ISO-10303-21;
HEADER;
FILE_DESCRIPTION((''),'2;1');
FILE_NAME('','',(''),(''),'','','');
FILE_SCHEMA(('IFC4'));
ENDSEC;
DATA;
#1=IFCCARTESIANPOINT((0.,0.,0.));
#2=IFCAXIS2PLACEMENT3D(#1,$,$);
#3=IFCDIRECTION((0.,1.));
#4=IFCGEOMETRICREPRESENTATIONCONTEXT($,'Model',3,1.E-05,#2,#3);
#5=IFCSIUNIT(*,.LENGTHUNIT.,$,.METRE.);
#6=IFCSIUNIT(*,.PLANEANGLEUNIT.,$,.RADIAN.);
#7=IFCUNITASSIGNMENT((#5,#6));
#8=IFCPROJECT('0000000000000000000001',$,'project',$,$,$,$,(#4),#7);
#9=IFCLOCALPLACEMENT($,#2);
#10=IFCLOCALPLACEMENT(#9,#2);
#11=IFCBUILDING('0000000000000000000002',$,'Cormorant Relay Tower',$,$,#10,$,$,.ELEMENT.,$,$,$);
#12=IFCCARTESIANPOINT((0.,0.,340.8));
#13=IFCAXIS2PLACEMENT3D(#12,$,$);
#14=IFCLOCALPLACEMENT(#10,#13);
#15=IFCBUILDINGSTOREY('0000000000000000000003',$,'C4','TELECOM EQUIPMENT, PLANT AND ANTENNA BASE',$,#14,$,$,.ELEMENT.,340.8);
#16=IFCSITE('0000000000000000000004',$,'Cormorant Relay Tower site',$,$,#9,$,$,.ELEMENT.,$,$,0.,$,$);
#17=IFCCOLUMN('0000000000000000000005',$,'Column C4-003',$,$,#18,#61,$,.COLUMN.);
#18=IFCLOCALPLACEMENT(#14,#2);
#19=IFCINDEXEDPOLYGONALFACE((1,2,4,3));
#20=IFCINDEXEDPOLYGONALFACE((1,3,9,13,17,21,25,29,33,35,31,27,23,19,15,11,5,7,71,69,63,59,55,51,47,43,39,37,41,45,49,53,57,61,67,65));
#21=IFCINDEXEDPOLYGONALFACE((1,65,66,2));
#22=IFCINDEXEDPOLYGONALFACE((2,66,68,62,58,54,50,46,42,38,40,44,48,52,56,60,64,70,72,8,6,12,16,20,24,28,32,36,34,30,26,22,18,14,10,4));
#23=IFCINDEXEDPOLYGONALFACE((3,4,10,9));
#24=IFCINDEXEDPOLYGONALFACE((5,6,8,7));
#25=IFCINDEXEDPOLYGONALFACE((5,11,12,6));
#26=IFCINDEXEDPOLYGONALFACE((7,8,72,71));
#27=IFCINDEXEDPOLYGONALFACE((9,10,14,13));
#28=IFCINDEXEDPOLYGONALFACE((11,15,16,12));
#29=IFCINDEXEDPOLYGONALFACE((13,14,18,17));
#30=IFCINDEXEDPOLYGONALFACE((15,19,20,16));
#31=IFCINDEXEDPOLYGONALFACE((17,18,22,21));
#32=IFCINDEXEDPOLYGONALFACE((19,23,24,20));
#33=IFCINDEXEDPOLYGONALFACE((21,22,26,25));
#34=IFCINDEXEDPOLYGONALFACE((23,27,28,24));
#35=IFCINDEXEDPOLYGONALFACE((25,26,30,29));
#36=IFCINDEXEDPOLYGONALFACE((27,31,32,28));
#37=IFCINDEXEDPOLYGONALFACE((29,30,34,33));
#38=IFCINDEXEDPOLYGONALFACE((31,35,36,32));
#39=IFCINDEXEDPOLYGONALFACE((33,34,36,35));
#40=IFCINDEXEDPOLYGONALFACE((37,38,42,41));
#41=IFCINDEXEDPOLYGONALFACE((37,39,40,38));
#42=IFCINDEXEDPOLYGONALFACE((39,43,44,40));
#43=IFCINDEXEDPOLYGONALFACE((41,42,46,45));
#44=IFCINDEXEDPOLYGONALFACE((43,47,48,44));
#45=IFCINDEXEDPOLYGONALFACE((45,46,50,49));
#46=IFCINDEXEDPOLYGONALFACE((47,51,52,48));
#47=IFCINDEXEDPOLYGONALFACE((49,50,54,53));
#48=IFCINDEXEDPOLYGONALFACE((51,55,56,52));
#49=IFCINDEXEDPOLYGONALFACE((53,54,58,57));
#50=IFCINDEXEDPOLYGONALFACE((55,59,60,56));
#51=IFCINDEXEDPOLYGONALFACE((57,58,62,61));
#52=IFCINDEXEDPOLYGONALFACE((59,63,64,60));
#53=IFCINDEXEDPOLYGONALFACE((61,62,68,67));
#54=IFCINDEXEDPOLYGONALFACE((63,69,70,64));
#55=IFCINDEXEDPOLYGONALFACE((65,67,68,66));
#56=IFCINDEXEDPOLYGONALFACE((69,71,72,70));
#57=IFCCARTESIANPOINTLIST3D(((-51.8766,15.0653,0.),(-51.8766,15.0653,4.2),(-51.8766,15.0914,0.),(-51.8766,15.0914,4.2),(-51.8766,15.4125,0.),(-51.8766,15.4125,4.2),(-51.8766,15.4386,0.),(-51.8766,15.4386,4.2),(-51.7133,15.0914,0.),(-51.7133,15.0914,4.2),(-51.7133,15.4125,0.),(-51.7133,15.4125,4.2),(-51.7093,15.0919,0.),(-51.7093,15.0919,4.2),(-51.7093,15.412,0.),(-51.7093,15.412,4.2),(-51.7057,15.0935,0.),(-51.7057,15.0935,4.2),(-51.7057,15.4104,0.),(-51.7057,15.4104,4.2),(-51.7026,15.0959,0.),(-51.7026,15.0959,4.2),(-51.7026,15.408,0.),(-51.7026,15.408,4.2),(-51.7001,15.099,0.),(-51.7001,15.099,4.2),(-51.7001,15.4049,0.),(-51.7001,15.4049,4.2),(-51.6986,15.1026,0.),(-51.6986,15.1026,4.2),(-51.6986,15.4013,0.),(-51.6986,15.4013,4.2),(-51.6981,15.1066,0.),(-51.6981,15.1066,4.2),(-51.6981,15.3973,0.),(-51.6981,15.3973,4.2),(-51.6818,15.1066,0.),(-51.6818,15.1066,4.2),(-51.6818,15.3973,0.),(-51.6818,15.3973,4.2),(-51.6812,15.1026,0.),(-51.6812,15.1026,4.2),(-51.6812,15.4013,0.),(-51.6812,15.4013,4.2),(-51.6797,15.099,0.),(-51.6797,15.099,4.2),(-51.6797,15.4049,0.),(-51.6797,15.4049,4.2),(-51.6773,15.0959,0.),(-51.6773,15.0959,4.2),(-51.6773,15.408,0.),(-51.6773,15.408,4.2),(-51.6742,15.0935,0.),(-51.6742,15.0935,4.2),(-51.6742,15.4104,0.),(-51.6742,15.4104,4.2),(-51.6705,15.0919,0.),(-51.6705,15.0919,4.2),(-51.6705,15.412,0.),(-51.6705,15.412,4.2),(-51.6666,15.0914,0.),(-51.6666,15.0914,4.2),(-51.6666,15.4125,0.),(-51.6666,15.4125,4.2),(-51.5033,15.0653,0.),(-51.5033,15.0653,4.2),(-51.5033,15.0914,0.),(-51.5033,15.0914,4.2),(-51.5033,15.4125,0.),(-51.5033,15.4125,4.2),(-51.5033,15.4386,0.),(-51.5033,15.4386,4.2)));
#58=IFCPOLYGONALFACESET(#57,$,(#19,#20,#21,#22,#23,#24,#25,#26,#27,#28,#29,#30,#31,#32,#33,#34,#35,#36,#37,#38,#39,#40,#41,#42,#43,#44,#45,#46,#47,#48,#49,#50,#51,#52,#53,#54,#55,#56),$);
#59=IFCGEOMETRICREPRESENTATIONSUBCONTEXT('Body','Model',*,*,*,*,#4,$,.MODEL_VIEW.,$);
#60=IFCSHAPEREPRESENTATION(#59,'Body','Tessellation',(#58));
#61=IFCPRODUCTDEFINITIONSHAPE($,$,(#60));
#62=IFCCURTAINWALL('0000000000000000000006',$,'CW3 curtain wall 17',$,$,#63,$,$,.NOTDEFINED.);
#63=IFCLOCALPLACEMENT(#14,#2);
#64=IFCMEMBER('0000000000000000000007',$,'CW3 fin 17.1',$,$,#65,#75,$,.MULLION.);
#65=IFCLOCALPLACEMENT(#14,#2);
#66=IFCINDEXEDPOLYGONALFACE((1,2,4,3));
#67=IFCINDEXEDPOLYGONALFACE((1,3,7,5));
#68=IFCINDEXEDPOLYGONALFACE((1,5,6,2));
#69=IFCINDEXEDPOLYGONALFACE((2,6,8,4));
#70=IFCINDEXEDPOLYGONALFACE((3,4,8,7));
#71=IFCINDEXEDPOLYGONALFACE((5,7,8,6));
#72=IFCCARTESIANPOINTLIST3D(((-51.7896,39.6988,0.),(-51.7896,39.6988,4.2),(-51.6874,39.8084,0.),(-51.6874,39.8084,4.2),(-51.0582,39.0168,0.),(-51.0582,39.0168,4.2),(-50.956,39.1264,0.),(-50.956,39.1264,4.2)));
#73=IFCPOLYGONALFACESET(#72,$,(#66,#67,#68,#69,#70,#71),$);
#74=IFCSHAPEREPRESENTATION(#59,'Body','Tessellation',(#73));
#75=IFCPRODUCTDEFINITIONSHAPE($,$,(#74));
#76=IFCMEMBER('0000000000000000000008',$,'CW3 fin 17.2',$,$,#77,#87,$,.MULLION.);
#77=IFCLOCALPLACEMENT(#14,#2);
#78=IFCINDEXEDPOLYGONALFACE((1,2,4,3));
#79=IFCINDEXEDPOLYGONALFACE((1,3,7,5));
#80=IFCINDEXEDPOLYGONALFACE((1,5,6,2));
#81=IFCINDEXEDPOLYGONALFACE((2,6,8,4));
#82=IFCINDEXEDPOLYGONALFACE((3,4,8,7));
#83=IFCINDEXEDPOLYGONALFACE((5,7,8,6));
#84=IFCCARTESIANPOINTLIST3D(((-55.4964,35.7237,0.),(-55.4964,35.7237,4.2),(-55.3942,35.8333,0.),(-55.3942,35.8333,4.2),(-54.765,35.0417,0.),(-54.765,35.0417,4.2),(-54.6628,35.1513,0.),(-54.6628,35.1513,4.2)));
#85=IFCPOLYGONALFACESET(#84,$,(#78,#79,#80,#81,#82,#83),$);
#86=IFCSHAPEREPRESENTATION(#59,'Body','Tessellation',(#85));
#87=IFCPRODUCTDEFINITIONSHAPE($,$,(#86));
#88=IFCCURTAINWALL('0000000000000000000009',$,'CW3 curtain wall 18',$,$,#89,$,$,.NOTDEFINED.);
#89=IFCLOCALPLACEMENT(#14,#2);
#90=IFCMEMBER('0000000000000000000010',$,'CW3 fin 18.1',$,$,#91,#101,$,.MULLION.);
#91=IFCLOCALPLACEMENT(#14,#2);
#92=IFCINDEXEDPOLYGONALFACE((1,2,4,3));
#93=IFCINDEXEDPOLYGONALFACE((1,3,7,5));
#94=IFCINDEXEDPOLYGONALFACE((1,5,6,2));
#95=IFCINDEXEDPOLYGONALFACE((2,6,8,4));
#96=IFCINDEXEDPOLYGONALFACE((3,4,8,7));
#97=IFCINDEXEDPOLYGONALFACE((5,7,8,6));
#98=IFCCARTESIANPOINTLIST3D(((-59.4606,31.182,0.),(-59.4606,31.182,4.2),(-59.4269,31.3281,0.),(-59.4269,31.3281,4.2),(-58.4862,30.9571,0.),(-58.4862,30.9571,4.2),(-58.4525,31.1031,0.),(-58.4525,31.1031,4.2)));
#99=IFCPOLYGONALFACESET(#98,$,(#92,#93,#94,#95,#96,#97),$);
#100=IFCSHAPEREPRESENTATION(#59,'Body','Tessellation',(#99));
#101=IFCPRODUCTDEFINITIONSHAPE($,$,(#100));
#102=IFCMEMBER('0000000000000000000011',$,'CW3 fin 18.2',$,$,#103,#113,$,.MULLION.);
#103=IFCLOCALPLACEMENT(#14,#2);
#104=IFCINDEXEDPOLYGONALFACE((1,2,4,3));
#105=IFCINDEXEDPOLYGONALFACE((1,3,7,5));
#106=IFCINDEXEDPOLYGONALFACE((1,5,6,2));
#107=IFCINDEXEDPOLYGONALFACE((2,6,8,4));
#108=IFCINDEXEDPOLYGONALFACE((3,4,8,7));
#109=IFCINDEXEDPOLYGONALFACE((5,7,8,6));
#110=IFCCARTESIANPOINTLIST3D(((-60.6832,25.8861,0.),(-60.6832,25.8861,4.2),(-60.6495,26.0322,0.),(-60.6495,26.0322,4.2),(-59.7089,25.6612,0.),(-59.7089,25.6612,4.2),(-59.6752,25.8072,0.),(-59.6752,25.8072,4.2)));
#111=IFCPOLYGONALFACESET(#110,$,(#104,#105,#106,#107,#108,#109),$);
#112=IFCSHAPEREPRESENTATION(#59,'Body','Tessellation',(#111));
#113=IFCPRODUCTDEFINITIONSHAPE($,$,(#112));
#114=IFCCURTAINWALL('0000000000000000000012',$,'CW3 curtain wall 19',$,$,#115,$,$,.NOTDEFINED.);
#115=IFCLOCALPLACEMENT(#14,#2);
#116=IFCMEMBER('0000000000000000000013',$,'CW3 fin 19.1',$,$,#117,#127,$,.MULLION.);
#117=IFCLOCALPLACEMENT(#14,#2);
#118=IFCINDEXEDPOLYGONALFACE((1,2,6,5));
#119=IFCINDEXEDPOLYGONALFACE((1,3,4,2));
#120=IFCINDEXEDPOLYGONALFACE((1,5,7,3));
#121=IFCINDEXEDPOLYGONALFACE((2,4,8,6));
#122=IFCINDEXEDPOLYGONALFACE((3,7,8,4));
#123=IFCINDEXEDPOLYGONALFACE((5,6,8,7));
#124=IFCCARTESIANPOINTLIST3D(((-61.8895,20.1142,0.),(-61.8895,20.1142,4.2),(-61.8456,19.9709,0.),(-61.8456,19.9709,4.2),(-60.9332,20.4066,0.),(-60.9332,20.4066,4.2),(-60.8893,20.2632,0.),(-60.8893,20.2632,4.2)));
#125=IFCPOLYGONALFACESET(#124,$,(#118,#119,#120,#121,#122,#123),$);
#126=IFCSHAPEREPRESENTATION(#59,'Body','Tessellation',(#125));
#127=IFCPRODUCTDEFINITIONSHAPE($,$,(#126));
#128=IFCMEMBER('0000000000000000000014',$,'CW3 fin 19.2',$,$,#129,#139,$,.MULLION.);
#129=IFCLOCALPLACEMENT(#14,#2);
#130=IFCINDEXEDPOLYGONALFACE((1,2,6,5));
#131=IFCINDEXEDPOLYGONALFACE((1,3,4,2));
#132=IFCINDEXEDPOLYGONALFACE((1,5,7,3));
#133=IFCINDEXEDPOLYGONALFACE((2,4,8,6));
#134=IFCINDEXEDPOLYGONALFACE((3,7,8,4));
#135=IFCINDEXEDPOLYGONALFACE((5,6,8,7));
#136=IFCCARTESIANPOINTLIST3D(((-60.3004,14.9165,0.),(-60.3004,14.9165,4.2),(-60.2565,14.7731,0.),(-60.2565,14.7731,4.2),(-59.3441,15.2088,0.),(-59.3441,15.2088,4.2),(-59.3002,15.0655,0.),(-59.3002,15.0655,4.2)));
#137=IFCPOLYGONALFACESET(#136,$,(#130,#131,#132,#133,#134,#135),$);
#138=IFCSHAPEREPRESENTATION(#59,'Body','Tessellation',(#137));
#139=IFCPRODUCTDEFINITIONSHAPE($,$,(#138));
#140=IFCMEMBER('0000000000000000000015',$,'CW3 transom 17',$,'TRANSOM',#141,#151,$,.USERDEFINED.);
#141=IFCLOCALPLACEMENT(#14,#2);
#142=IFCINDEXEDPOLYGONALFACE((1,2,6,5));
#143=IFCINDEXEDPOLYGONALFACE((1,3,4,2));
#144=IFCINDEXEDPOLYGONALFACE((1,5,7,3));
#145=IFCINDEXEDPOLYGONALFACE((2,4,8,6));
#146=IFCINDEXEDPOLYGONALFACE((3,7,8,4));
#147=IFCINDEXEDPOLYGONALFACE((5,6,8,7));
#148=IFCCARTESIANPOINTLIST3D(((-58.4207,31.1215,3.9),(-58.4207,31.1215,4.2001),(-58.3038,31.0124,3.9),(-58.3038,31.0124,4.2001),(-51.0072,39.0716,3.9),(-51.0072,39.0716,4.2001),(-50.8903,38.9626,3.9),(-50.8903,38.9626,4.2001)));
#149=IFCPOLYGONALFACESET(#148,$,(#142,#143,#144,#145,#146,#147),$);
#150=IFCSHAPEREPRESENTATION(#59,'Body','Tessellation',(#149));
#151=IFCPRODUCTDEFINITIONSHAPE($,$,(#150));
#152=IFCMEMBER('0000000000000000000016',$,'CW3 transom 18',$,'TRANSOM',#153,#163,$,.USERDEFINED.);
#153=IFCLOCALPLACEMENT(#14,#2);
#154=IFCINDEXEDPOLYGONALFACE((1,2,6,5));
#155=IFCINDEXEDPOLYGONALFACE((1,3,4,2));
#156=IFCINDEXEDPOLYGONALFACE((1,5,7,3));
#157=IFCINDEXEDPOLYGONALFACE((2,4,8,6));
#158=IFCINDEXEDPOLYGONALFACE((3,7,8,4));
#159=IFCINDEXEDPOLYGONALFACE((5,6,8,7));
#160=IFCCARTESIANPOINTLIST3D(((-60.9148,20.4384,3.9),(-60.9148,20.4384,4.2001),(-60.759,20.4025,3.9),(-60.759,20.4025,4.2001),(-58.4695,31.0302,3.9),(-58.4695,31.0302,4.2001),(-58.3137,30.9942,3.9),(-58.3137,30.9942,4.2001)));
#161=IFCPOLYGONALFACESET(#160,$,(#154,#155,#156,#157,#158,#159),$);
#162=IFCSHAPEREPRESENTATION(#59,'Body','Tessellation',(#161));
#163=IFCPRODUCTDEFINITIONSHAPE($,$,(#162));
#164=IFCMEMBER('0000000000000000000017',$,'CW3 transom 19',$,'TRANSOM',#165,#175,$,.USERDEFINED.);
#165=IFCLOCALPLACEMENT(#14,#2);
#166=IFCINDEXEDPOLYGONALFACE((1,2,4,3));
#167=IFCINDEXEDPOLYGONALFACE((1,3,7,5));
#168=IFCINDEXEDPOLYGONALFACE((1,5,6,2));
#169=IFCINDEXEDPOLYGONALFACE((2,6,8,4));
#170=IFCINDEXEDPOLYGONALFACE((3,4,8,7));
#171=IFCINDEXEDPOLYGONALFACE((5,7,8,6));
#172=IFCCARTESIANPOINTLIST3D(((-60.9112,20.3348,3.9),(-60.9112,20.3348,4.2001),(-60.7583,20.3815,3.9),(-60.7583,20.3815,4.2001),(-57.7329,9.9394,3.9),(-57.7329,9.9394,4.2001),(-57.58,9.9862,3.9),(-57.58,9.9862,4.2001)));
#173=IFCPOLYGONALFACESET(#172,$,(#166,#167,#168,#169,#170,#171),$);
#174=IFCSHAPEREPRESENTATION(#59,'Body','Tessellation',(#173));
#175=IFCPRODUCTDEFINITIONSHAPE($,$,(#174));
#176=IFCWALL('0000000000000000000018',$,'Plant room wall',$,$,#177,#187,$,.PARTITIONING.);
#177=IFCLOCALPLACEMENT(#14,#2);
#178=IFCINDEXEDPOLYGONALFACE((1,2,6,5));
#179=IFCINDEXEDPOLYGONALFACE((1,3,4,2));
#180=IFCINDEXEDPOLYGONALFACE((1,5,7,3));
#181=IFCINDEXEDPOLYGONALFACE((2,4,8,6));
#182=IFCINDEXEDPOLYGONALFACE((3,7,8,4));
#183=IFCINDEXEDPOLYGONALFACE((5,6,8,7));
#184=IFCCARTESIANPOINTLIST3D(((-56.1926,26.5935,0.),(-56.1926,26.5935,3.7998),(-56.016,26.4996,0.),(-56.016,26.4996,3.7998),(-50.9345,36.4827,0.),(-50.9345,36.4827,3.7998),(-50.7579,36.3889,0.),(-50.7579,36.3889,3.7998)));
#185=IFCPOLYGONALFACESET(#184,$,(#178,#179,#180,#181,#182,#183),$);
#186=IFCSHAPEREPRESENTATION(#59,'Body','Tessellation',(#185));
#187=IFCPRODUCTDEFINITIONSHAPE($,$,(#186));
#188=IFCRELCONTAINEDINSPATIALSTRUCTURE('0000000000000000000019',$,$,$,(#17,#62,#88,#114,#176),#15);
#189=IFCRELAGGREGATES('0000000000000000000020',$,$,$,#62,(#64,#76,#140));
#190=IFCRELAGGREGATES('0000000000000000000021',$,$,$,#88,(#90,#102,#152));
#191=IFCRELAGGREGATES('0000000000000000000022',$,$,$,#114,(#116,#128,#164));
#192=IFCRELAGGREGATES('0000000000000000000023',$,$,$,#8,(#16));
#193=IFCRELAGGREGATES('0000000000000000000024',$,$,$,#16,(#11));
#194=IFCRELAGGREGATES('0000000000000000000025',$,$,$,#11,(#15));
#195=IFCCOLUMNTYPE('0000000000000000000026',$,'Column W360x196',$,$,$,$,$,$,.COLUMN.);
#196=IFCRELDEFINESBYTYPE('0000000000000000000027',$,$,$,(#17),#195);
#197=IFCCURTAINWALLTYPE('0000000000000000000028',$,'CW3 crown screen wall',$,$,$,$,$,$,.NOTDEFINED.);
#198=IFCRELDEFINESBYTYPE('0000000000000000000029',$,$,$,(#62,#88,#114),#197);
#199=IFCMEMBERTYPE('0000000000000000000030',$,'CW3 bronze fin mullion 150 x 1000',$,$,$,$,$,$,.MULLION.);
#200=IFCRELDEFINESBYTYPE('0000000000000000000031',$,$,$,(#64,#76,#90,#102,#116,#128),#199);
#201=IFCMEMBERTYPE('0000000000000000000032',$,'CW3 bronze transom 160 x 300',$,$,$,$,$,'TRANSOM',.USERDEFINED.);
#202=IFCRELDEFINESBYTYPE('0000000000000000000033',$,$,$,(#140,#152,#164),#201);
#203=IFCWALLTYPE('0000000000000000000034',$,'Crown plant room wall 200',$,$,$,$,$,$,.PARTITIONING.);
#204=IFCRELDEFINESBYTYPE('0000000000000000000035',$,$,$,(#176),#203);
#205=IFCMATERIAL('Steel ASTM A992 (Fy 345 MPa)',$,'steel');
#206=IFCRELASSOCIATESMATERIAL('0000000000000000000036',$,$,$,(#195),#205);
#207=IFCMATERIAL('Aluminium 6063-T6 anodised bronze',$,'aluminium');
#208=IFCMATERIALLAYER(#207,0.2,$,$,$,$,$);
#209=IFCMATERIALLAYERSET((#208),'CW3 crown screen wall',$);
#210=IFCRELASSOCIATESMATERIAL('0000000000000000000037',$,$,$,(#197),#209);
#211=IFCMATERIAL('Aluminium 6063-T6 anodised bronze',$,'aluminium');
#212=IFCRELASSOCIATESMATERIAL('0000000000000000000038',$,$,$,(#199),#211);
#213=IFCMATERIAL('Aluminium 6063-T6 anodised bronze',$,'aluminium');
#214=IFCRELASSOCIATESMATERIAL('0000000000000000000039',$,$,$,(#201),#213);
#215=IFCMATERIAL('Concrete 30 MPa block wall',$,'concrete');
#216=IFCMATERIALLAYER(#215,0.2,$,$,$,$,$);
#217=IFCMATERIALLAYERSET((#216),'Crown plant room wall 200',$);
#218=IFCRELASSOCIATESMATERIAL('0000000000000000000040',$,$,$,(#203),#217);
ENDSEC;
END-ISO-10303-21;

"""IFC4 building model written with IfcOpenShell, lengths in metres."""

from ifc_helpers import new_model, si_unit, direction, frame, frame_2d, origin, origin_2d, place, context, subcontext, project, spatial, rectangle, i_section, extrude, material, layer, layer_set, material_profile, profile_set, type_object, element, aggregate, save


model = new_model("IFC4")

# Units and contexts
model_context = context("Model", 3, precision=1e-05, world=origin(), true_north=direction((0.0, 1.0)))
body_context = subcontext(model_context, "Body", "Model", "MODEL_VIEW")
ifc_project = project(units=[si_unit("LENGTHUNIT", "METRE"), si_unit("PLANEANGLEUNIT", "RADIAN")], contexts=[model_context])

# Site, building, storey
site_placement = place(None, origin())
site = spatial("IfcSite", under=ifc_project, at=site_placement, Name="Cormorant Relay Tower site", CompositionType="ELEMENT", RefElevation=0.0)
building_placement = place(site_placement, origin())
building = spatial("IfcBuilding", under=site, at=building_placement, Name="Cormorant Relay Tower", CompositionType="ELEMENT")
storey_placement = place(building_placement, frame((0.0, 0.0, 340.8)))
storey = spatial("IfcBuildingStorey", under=building, at=storey_placement, Name="C4", Description="TELECOM EQUIPMENT, PLANT AND ANTENNA BASE", CompositionType="ELEMENT", Elevation=340.8)

# Column
ifc_material_1 = material(Name="Steel ASTM A992 (Fy 345 MPa)", Category="steel")
ifc_material_profile_1 = material_profile(ifc_material_1, i_section(OverallWidth=0.3733, OverallDepth=0.3733, WebThickness=0.0164, FlangeThickness=0.0261, FilletRadius=0.0151, at=origin_2d()), Name="W360x196")
ifc_profile_set_1 = profile_set([ifc_material_profile_1], Name="Steel ASTM A992 (Fy 345 MPa)")
column_type = type_object("IfcColumnType", Name="Column W360x196", PredefinedType="COLUMN", material=ifc_profile_set_1)
column_placement = place(storey_placement, frame((-51.6899, 15.252, 0.0), z_axis=(0.0, 0.0, 1.0), x_axis=(1.0, 0.0, 0.0)))
element("IfcColumn", 1, at=column_placement, inside=storey, type_object=column_type, Name="Column C4-003", PredefinedType="COLUMN", context=body_context, shape_type="SweptSolid", body=[
    extrude(i_section(OverallWidth=0.3733, OverallDepth=0.3733, WebThickness=0.0164, FlangeThickness=0.0261, FilletRadius=0.0151, at=origin_2d()), origin(), (0.0, 0.0, 1.0), 4.2),
])

# Curtain walls, members
ifc_material_2 = material(Name="Aluminium 6063-T6 anodised bronze", Category="aluminium")
ifc_layer_1 = layer(ifc_material_2, 0.2)
ifc_layer_set_1 = layer_set([ifc_layer_1], Name="CW3 crown screen wall")
curtain_wall_type = type_object("IfcCurtainWallType", Name="CW3 crown screen wall", PredefinedType="NOTDEFINED", material=ifc_layer_set_1)
curtain_wall_1_placement = place(storey_placement, origin())
curtain_wall_1 = element("IfcCurtainWall", 2, at=curtain_wall_1_placement, inside=storey, type_object=curtain_wall_type, Name="CW3 curtain wall 17", PredefinedType="NOTDEFINED")
ifc_material_3 = material(Name="Aluminium 6063-T6 anodised bronze", Category="aluminium")
ifc_material_profile_2 = material_profile(ifc_material_3, rectangle(XDim=0.1499, YDim=1.0, at=origin_2d()), Name="AL 150x1000")
ifc_profile_set_2 = profile_set([ifc_material_profile_2], Name="Aluminium 6063-T6 anodised bronze")
member_type_1 = type_object("IfcMemberType", Name="CW3 bronze fin mullion 150 x 1000", PredefinedType="MULLION", material=ifc_profile_set_2)
member_1_placement = place(storey_placement, frame((-51.3728, 39.4126, 0.0), z_axis=(0.0, 0.0, 1.0), x_axis=(-0.681998, -0.731354, 0.0)))
member_1 = element("IfcMember", 3, at=member_1_placement, type_object=member_type_1, Name="CW3 fin 17.1", PredefinedType="MULLION", context=body_context, shape_type="SweptSolid", body=[
    extrude(rectangle(XDim=0.1499, YDim=1.0, at=origin_2d()), origin(), (0.0, 0.0, 1.0), 4.2),
])
member_2_placement = place(storey_placement, frame((-55.0796, 35.4375, 0.0), z_axis=(0.0, 0.0, 1.0), x_axis=(-0.681998, -0.731354, 0.0)))
member_2 = element("IfcMember", 4, at=member_2_placement, type_object=member_type_1, Name="CW3 fin 17.2", PredefinedType="MULLION", context=body_context, shape_type="SweptSolid", body=[
    extrude(rectangle(XDim=0.1499, YDim=1.0, at=origin_2d()), origin(), (0.0, 0.0, 1.0), 4.2),
])
curtain_wall_2_placement = place(storey_placement, origin())
curtain_wall_2 = element("IfcCurtainWall", 5, at=curtain_wall_2_placement, inside=storey, type_object=curtain_wall_type, Name="CW3 curtain wall 18", PredefinedType="NOTDEFINED")
member_3_placement = place(storey_placement, frame((-58.9565, 31.1426, 0.0), z_axis=(0.0, 0.0, 1.0), x_axis=(-0.224951, -0.97437, 0.0)))
member_3 = element("IfcMember", 6, at=member_3_placement, type_object=member_type_1, Name="CW3 fin 18.1", PredefinedType="MULLION", context=body_context, shape_type="SweptSolid", body=[
    extrude(rectangle(XDim=0.1499, YDim=1.0, at=origin_2d()), origin(), (0.0, 0.0, 1.0), 4.2),
])
member_4_placement = place(storey_placement, frame((-60.1792, 25.8467, 0.0), z_axis=(0.0, 0.0, 1.0), x_axis=(-0.224951, -0.97437, 0.0)))
member_4 = element("IfcMember", 7, at=member_4_placement, type_object=member_type_1, Name="CW3 fin 18.2", PredefinedType="MULLION", context=body_context, shape_type="SweptSolid", body=[
    extrude(rectangle(XDim=0.1499, YDim=1.0, at=origin_2d()), origin(), (0.0, 0.0, 1.0), 4.2),
])
curtain_wall_3_placement = place(storey_placement, origin())
curtain_wall_3 = element("IfcCurtainWall", 8, at=curtain_wall_3_placement, inside=storey, type_object=curtain_wall_type, Name="CW3 curtain wall 19", PredefinedType="NOTDEFINED")
member_5_placement = place(storey_placement, frame((-61.3894, 20.1887, 0.0), z_axis=(0.0, 0.0, 1.0), x_axis=(0.292372, -0.956305, 0.0)))
member_5 = element("IfcMember", 9, at=member_5_placement, type_object=member_type_1, Name="CW3 fin 19.1", PredefinedType="MULLION", context=body_context, shape_type="SweptSolid", body=[
    extrude(rectangle(XDim=0.1499, YDim=1.0, at=origin_2d()), origin(), (0.0, 0.0, 1.0), 4.2),
])
member_6_placement = place(storey_placement, frame((-59.8003, 14.991, 0.0), z_axis=(0.0, 0.0, 1.0), x_axis=(0.292372, -0.956305, 0.0)))
member_6 = element("IfcMember", 10, at=member_6_placement, type_object=member_type_1, Name="CW3 fin 19.2", PredefinedType="MULLION", context=body_context, shape_type="SweptSolid", body=[
    extrude(rectangle(XDim=0.1499, YDim=1.0, at=origin_2d()), origin(), (0.0, 0.0, 1.0), 4.2),
])

# Members
ifc_material_4 = material(Name="Aluminium 6063-T6 anodised bronze", Category="aluminium")
ifc_material_profile_3 = material_profile(ifc_material_4, rectangle(XDim=0.1599, YDim=0.3, at=origin_2d()), Name="AL 160x300")
ifc_profile_set_3 = profile_set([ifc_material_profile_3], Name="Aluminium 6063-T6 anodised bronze")
member_type_2 = type_object("IfcMemberType", Name="CW3 bronze transom 160 x 300", ElementType="TRANSOM", PredefinedType="USERDEFINED", material=ifc_profile_set_3)
member_7_placement = place(storey_placement, frame((-50.9487, 39.0171, 4.05), z_axis=(-0.681993, -0.731358, 0.0), x_axis=(0.731358, -0.681993, 0.0)))
member_7 = element("IfcMember", 11, at=member_7_placement, type_object=member_type_2, Name="CW3 transom 17", ObjectType="TRANSOM", PredefinedType="USERDEFINED", context=body_context, shape_type="SweptSolid", body=[
    extrude(rectangle(XDim=0.1599, YDim=0.3, at=origin_2d()), origin(), (0.0, 0.0, 1.0), 10.8704),
])
member_8_placement = place(storey_placement, frame((-58.3916, 31.0122, 4.05), z_axis=(-0.224951, -0.97437, 0.0), x_axis=(0.97437, -0.224951, 0.0)))
member_8 = element("IfcMember", 12, at=member_8_placement, type_object=member_type_2, Name="CW3 transom 18", ObjectType="TRANSOM", PredefinedType="USERDEFINED", context=body_context, shape_type="SweptSolid", body=[
    extrude(rectangle(XDim=0.1599, YDim=0.3, at=origin_2d()), origin(), (0.0, 0.0, 1.0), 10.8704),
])
member_9_placement = place(storey_placement, frame((-60.8347, 20.3582, 4.05), z_axis=(0.292378, -0.956303, 0.0), x_axis=(0.956303, 0.292378, 0.0)))
member_9 = element("IfcMember", 13, at=member_9_placement, type_object=member_type_2, Name="CW3 transom 19", ObjectType="TRANSOM", PredefinedType="USERDEFINED", context=body_context, shape_type="SweptSolid", body=[
    extrude(rectangle(XDim=0.1599, YDim=0.3, at=origin_2d()), origin(), (0.0, 0.0, 1.0), 10.8704),
])

# Wall
ifc_material_5 = material(Name="Concrete 30 MPa block wall", Category="concrete")
ifc_layer_2 = layer(ifc_material_5, 0.2)
ifc_layer_set_2 = layer_set([ifc_layer_2], Name="Crown plant room wall 200")
wall_type_1 = type_object("IfcWallType", Name="Crown plant room wall 200", PredefinedType="PARTITIONING", material=ifc_layer_set_2)
wall_1_placement = place(storey_placement, frame((-50.8462, 36.4358, 0.0), z_axis=(0.0, 0.0, 1.0), x_axis=(-0.469464, -0.882951, 0.0)))
element("IfcWall", 14, at=wall_1_placement, inside=storey, type_object=wall_type_1, Name="Plant room wall", PredefinedType="PARTITIONING", context=body_context, shape_type="SweptSolid", body=[
    extrude(rectangle(XDim=11.2002, YDim=0.2, at=frame_2d((5.6001, 0.0))), origin(), (0.0, 0.0, 1.0), 3.7998),
])

aggregate(curtain_wall_1, [member_1, member_2, member_7])
aggregate(curtain_wall_2, [member_3, member_4, member_8])
aggregate(curtain_wall_3, [member_5, member_6, member_9])

save(model, "model.ifc")
